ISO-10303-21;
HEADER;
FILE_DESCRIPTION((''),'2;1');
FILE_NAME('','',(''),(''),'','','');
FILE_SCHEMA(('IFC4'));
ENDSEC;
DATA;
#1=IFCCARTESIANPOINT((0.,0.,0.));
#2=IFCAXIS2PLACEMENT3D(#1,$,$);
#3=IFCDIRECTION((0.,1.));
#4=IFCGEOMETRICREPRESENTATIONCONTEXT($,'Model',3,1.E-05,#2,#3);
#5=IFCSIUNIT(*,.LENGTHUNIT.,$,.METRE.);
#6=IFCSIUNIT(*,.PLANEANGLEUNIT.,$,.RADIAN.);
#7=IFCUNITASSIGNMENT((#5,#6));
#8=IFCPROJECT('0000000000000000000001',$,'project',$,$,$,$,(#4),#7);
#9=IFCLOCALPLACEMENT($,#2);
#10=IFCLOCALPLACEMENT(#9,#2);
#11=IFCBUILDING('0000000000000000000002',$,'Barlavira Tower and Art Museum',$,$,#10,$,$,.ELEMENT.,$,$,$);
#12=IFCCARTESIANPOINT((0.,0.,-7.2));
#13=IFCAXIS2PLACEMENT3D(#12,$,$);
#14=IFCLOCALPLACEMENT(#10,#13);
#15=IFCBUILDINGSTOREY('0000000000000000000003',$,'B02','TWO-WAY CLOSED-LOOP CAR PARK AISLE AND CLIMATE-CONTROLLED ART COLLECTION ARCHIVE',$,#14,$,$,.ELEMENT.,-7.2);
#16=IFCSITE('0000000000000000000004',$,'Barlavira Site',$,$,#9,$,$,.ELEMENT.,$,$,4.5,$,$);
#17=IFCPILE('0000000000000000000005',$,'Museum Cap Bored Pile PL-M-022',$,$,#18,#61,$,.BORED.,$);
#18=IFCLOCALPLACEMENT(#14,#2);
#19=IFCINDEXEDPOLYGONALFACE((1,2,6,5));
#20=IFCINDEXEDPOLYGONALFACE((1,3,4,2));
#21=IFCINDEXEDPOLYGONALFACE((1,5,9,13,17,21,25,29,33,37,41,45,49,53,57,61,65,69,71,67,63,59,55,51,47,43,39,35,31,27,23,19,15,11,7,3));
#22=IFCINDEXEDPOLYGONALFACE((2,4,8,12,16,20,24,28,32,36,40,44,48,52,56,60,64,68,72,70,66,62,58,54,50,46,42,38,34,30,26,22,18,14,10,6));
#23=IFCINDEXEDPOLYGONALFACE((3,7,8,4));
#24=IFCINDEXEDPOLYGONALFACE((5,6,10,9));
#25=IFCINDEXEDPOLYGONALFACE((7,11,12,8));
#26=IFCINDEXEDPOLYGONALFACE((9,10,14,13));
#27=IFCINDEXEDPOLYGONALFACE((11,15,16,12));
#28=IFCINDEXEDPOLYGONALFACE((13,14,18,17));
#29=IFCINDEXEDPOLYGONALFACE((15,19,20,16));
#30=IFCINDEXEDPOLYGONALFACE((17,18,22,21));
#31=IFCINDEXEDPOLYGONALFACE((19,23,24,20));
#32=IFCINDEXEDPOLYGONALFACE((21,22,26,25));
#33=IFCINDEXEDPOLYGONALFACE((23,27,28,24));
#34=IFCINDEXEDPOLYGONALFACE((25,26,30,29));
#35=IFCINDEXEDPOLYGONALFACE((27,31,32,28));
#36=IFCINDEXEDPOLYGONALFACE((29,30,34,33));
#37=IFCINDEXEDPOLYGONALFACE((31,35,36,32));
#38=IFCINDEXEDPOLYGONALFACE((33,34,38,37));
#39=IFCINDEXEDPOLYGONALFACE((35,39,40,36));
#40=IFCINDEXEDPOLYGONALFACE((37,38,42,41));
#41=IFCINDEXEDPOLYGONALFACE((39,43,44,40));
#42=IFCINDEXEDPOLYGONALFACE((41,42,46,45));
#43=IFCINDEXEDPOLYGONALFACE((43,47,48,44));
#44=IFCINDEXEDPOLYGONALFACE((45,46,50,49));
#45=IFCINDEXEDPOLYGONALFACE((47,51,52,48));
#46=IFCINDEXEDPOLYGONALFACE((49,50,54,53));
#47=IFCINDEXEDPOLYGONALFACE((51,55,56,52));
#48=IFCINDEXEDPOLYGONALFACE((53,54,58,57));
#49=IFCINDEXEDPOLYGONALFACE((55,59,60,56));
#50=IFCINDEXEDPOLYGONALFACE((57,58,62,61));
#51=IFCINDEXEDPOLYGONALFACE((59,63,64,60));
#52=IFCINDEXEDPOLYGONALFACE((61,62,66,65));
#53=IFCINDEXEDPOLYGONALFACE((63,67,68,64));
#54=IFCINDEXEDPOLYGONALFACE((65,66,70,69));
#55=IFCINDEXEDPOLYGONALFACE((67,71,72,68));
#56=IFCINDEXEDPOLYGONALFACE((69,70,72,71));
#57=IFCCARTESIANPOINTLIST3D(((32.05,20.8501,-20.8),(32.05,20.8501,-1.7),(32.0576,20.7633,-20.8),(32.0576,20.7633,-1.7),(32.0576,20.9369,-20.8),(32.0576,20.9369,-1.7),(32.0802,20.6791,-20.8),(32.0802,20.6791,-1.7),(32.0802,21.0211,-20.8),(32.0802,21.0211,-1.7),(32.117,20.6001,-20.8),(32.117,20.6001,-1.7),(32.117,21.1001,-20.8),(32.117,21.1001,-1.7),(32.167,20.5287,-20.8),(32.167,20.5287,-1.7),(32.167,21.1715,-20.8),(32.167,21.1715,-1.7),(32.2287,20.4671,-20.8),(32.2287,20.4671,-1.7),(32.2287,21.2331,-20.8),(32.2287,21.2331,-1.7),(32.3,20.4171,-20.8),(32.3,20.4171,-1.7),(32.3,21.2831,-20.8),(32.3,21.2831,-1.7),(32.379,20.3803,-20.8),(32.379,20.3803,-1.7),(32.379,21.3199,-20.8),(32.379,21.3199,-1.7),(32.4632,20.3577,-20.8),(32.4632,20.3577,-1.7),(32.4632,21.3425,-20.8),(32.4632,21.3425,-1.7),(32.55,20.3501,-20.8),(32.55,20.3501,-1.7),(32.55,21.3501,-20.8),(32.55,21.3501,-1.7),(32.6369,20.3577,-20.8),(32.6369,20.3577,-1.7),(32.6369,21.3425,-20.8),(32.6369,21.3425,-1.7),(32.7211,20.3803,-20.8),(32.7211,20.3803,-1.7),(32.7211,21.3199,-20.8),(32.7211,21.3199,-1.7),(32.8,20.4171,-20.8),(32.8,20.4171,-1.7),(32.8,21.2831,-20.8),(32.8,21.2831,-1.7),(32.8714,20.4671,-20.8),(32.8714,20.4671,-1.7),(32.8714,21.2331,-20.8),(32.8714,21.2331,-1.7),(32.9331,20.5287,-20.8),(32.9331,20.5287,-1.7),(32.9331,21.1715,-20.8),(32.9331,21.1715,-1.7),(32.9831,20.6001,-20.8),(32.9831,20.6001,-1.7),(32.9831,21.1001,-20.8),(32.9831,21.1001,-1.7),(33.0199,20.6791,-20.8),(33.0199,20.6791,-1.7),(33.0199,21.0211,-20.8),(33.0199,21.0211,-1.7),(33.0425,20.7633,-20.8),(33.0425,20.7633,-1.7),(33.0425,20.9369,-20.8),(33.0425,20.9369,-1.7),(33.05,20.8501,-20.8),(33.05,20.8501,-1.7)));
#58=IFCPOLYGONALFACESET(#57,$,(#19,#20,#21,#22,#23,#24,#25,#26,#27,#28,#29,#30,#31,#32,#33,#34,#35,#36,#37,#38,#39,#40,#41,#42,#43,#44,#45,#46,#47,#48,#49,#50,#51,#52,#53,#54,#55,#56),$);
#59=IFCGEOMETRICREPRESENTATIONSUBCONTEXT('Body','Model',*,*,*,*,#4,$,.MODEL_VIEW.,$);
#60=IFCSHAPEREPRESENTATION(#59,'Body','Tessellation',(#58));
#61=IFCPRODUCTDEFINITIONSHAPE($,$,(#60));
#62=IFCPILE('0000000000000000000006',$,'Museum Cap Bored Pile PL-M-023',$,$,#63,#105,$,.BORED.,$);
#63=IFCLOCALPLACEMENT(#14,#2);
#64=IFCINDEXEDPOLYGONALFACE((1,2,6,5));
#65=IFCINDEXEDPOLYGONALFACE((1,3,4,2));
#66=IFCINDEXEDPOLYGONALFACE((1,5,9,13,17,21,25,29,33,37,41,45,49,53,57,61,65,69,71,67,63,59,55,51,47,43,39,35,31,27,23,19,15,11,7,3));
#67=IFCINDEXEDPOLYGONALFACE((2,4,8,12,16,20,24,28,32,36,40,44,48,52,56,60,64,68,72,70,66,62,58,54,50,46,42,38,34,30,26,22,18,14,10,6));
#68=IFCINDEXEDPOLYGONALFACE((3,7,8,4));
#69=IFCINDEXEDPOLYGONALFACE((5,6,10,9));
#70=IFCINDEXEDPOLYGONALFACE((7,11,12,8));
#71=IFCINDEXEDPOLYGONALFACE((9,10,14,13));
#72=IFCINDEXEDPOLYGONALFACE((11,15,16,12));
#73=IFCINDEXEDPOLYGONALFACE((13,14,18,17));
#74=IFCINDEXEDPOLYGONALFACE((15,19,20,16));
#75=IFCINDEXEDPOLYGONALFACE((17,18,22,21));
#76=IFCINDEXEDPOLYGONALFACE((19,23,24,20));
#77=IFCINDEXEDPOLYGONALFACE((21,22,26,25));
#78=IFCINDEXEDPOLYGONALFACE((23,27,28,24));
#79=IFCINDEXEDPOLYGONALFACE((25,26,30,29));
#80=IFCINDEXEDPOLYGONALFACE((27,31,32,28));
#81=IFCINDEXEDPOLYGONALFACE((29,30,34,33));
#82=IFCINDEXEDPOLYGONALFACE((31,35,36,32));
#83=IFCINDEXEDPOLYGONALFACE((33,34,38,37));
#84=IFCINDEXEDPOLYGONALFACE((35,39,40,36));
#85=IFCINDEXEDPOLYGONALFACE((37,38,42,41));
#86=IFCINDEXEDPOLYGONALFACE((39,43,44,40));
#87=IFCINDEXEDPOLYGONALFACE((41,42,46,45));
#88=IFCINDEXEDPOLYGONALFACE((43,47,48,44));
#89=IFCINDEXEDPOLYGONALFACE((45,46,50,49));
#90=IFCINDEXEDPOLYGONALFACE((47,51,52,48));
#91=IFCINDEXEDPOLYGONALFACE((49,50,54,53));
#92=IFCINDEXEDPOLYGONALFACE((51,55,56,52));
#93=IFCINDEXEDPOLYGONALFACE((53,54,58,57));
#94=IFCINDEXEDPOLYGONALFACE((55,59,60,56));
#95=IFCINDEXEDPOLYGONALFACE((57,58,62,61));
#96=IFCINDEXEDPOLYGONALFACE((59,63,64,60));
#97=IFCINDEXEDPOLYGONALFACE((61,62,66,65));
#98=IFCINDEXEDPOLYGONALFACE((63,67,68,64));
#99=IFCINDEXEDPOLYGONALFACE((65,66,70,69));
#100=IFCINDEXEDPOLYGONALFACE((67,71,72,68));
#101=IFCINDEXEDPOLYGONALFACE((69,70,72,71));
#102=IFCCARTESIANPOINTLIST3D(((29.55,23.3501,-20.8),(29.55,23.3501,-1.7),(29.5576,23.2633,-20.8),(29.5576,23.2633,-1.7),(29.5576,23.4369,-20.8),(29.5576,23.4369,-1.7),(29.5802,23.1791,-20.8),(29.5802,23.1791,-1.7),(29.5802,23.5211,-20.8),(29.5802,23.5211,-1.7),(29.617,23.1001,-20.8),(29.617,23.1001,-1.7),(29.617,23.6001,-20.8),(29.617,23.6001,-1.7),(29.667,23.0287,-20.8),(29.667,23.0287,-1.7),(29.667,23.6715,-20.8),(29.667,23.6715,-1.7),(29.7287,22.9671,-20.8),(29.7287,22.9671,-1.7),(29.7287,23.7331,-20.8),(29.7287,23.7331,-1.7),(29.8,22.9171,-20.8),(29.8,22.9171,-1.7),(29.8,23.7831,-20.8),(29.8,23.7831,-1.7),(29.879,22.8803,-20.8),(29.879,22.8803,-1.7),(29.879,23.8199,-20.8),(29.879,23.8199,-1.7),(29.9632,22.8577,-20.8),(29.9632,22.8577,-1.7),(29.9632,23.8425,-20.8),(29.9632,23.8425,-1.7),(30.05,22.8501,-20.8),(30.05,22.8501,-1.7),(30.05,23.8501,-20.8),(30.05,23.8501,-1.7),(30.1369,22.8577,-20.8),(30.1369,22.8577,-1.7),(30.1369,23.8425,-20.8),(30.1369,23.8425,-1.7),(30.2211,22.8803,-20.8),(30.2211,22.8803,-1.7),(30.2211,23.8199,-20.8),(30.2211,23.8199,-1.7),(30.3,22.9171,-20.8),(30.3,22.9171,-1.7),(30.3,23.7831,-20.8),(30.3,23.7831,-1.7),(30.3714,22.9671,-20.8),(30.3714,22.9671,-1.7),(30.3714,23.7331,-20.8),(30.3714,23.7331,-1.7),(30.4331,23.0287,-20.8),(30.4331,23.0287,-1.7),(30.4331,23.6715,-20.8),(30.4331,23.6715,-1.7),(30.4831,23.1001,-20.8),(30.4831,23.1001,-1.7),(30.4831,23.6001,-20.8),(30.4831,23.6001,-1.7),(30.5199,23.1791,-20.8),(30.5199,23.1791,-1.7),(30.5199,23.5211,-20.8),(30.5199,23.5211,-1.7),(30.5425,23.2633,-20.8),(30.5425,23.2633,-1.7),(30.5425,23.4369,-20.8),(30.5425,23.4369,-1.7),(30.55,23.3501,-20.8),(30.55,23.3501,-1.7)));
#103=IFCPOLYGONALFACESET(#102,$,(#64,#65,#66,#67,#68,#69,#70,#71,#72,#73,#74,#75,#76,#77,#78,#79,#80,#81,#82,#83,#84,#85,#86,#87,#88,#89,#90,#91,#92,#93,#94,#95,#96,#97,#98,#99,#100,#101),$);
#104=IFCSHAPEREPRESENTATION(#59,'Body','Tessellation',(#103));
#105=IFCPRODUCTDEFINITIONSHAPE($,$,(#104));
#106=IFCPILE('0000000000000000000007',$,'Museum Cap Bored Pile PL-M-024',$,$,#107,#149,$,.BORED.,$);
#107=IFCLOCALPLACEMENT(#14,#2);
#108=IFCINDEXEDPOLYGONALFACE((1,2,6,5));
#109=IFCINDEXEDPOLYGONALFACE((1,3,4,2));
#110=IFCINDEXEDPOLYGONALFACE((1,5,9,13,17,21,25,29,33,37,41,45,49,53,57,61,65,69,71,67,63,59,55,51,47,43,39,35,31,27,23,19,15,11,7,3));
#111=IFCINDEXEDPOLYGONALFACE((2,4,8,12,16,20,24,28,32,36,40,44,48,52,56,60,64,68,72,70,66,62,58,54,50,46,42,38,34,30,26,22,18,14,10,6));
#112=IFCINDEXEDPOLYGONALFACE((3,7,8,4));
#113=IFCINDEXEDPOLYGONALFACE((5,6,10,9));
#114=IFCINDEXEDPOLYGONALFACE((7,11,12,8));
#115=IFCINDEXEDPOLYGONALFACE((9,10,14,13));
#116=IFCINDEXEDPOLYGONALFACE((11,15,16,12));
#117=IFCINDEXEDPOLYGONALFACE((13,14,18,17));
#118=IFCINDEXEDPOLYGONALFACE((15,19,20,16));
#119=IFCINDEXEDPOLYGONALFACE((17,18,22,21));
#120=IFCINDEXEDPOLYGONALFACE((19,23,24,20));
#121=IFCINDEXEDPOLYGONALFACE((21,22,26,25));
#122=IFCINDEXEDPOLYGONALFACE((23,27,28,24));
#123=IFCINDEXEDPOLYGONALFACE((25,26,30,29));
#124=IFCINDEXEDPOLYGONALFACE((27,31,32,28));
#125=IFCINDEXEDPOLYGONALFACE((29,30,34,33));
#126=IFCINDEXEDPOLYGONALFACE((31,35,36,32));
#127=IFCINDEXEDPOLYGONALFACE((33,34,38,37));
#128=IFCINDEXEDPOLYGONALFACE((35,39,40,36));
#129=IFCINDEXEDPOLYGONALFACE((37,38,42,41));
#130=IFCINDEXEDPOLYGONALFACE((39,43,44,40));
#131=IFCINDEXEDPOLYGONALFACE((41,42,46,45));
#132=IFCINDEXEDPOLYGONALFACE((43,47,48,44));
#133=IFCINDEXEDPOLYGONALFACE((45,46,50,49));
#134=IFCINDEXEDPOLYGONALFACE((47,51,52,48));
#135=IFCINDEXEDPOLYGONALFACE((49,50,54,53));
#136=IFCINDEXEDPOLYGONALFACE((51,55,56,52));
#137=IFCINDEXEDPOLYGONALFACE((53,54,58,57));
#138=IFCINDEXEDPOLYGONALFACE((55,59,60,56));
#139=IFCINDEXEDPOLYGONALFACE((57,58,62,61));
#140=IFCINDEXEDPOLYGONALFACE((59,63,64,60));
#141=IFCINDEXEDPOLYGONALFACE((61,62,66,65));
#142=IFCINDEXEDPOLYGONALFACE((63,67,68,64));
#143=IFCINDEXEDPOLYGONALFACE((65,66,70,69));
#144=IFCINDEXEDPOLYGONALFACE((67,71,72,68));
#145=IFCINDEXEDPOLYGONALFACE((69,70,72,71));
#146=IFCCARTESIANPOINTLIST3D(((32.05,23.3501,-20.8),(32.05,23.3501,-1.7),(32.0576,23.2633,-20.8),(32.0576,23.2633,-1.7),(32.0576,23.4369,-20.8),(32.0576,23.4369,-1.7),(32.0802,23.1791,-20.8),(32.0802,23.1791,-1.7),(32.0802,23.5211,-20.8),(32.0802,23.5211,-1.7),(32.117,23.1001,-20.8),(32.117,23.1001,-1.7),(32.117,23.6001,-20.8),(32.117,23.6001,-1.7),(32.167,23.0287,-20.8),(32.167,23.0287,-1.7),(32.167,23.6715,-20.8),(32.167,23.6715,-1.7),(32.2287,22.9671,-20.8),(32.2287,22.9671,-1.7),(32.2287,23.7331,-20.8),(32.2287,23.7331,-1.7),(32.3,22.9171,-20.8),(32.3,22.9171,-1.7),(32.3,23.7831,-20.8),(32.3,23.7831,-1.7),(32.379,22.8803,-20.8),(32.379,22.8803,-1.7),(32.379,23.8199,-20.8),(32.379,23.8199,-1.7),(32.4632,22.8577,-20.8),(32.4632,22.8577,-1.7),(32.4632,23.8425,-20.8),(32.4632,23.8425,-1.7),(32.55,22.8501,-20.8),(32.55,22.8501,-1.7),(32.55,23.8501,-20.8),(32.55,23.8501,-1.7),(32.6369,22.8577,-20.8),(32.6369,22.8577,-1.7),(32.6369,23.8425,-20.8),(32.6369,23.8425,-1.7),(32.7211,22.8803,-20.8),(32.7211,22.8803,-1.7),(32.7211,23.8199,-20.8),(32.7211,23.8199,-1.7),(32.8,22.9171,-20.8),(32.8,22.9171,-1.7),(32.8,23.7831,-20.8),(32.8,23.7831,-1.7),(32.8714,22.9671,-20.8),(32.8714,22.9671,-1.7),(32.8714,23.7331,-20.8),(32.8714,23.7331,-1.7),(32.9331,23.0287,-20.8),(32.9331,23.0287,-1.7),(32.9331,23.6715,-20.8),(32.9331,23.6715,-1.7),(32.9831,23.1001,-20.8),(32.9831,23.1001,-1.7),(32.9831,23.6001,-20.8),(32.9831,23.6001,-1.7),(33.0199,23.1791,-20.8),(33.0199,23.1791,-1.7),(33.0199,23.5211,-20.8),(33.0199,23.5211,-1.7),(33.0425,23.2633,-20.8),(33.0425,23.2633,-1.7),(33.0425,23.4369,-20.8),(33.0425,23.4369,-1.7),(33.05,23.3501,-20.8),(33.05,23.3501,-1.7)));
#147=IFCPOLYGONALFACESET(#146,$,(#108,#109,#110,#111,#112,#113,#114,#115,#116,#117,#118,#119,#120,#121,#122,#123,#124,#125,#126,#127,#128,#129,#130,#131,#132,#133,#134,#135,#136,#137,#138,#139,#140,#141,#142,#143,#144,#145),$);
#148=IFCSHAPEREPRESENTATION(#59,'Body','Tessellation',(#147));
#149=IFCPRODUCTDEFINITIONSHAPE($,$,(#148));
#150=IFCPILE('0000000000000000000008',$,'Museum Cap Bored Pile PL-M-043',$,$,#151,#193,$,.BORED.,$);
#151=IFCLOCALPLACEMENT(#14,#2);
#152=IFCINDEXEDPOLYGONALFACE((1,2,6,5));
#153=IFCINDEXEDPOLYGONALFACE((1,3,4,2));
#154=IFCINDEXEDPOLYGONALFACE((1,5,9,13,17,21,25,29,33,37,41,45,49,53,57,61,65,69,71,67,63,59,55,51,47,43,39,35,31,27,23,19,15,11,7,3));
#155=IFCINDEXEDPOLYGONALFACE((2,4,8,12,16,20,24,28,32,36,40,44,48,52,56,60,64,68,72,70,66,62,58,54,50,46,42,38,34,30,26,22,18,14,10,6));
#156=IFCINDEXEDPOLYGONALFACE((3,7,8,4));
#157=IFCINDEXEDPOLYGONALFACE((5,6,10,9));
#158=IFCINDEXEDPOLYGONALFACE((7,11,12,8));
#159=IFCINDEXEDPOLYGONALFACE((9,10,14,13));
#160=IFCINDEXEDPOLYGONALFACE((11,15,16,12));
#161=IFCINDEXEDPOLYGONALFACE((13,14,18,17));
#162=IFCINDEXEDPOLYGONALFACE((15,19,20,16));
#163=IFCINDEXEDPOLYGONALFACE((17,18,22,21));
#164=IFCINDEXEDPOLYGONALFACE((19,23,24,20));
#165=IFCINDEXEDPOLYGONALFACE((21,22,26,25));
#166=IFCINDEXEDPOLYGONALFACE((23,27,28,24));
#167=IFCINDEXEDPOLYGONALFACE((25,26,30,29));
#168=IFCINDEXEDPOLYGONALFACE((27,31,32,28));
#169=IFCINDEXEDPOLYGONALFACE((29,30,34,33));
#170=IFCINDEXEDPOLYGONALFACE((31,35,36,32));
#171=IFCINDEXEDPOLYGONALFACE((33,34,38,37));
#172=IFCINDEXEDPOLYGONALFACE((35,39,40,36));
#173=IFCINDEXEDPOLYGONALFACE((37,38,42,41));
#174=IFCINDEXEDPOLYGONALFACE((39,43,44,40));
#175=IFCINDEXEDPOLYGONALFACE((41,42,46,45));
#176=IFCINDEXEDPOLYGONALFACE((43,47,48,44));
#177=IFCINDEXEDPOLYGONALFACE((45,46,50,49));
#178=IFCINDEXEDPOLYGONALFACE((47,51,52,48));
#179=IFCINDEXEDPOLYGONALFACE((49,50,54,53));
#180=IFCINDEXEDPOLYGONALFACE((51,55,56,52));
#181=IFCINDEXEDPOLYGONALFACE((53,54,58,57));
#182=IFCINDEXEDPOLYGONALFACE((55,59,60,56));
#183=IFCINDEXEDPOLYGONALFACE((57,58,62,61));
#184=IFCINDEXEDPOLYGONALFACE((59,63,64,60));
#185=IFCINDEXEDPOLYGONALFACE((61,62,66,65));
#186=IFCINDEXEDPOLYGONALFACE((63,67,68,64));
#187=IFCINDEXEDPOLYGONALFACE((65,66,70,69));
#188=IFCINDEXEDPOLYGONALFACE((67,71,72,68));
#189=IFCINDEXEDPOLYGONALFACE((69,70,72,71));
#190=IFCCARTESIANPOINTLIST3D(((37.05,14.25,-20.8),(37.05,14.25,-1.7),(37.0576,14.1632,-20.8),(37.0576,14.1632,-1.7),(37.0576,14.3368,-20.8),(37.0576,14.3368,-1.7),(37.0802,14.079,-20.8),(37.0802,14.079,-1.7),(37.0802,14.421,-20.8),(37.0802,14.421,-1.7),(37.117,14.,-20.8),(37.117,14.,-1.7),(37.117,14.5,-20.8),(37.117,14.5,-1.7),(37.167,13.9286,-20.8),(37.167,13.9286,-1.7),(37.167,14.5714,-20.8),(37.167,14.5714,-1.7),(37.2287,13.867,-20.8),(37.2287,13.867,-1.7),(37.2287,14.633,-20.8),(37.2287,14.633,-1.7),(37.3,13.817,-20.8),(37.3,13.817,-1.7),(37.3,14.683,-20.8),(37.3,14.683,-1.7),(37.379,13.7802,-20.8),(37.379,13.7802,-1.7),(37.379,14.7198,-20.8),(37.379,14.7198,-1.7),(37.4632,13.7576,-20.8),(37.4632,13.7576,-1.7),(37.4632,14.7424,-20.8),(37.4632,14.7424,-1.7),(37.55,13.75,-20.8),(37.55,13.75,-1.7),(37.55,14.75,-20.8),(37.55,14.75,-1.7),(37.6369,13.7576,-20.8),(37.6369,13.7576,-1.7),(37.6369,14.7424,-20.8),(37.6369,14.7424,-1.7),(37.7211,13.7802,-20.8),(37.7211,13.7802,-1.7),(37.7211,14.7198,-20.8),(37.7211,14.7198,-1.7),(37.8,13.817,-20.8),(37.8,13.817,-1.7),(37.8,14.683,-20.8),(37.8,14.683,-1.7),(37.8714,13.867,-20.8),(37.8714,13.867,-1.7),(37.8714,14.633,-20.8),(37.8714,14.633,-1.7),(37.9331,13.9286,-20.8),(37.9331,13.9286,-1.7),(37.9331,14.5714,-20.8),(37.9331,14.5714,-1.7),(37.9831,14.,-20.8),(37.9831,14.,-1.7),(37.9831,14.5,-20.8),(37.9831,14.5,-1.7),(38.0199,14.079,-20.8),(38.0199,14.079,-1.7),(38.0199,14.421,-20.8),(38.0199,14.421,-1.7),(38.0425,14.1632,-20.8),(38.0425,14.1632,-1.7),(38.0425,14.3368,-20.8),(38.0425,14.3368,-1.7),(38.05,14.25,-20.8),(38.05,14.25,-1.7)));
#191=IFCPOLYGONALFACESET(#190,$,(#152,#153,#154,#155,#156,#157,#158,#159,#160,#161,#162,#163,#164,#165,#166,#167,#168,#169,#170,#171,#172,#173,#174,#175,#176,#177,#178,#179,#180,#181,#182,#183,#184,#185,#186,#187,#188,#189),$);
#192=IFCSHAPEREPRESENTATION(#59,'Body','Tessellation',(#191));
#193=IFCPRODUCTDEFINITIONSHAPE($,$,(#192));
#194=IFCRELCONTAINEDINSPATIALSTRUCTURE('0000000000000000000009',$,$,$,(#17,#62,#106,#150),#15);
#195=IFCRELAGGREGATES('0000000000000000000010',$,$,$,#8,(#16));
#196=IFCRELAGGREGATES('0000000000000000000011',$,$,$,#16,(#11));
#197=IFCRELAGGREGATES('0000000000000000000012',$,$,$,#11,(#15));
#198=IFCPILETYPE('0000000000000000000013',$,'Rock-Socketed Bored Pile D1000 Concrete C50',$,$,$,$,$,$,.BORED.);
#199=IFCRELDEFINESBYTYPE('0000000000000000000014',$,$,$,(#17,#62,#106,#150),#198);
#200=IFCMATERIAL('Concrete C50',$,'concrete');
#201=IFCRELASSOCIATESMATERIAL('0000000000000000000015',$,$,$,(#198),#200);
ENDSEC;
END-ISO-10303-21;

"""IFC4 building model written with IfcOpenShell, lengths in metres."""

from ifc_helpers import new_model, si_unit, direction, frame, origin, origin_2d, place, context, subcontext, project, spatial, circle, extrude, material, material_profile, profile_set, type_object, element, save


model = new_model("IFC4")

# Units and contexts
model_context = context("Model", 3, precision=1e-05, world=origin(), true_north=direction((0.0, 1.0)))
body_context = subcontext(model_context, "Body", "Model", "MODEL_VIEW")
ifc_project = project(units=[si_unit("LENGTHUNIT", "METRE"), si_unit("PLANEANGLEUNIT", "RADIAN")], contexts=[model_context])

# Site, building, storey
site_placement = place(None, origin())
site = spatial("IfcSite", under=ifc_project, at=site_placement, Name="Barlavira Site", CompositionType="ELEMENT", RefElevation=4.5)
building_placement = place(site_placement, origin())
building = spatial("IfcBuilding", under=site, at=building_placement, Name="Barlavira Tower and Art Museum", CompositionType="ELEMENT")
storey_placement = place(building_placement, frame((0.0, 0.0, -7.2)))
storey = spatial("IfcBuildingStorey", under=building, at=storey_placement, Name="B02", Description="TWO-WAY CLOSED-LOOP CAR PARK AISLE AND CLIMATE-CONTROLLED ART COLLECTION ARCHIVE", CompositionType="ELEMENT", Elevation=-7.2)

# Shared definitions
ifc_material_1 = material(Name="Concrete C50", Category="concrete")

# Piles
ifc_material_profile_1 = material_profile(ifc_material_1, circle(Radius=0.5, at=origin_2d()), Name="BORED PILE D1000")
ifc_profile_set_1 = profile_set([ifc_material_profile_1], Name="Concrete C50")
pile_type = type_object("IfcPileType", Name="Rock-Socketed Bored Pile D1000 Concrete C50", PredefinedType="BORED", material=ifc_profile_set_1)
for number, where, z_axis, x_axis, name in (
    (1, (32.55, 20.8501, -1.7), (0.0, 0.0, -1.0), (1.0, 0.0, 0.0), "Museum Cap Bored Pile PL-M-022"),
    (2, (30.05, 23.3501, -1.7), (0.0, 0.0, -1.0), (1.0, 0.0, 0.0), "Museum Cap Bored Pile PL-M-023"),
    (3, (32.55, 23.3501, -1.7), (0.0, 0.0, -1.0), (1.0, 0.0, 0.0), "Museum Cap Bored Pile PL-M-024"),
    (4, (37.55, 14.25, -1.7), (0.0, 0.0, -1.0), (1.0, 0.0, 0.0), "Museum Cap Bored Pile PL-M-043"),
):
    element("IfcPile", number, at=place(storey_placement, frame(where, z_axis=z_axis, x_axis=x_axis)), inside=storey, type_object=pile_type, Name=name, PredefinedType="BORED", context=body_context, shape_type="SweptSolid", body=[
        extrude(circle(Radius=0.5, at=origin_2d()), origin(), (0.0, 0.0, 1.0), 19.1001),
    ])

save(model, "model.ifc")
